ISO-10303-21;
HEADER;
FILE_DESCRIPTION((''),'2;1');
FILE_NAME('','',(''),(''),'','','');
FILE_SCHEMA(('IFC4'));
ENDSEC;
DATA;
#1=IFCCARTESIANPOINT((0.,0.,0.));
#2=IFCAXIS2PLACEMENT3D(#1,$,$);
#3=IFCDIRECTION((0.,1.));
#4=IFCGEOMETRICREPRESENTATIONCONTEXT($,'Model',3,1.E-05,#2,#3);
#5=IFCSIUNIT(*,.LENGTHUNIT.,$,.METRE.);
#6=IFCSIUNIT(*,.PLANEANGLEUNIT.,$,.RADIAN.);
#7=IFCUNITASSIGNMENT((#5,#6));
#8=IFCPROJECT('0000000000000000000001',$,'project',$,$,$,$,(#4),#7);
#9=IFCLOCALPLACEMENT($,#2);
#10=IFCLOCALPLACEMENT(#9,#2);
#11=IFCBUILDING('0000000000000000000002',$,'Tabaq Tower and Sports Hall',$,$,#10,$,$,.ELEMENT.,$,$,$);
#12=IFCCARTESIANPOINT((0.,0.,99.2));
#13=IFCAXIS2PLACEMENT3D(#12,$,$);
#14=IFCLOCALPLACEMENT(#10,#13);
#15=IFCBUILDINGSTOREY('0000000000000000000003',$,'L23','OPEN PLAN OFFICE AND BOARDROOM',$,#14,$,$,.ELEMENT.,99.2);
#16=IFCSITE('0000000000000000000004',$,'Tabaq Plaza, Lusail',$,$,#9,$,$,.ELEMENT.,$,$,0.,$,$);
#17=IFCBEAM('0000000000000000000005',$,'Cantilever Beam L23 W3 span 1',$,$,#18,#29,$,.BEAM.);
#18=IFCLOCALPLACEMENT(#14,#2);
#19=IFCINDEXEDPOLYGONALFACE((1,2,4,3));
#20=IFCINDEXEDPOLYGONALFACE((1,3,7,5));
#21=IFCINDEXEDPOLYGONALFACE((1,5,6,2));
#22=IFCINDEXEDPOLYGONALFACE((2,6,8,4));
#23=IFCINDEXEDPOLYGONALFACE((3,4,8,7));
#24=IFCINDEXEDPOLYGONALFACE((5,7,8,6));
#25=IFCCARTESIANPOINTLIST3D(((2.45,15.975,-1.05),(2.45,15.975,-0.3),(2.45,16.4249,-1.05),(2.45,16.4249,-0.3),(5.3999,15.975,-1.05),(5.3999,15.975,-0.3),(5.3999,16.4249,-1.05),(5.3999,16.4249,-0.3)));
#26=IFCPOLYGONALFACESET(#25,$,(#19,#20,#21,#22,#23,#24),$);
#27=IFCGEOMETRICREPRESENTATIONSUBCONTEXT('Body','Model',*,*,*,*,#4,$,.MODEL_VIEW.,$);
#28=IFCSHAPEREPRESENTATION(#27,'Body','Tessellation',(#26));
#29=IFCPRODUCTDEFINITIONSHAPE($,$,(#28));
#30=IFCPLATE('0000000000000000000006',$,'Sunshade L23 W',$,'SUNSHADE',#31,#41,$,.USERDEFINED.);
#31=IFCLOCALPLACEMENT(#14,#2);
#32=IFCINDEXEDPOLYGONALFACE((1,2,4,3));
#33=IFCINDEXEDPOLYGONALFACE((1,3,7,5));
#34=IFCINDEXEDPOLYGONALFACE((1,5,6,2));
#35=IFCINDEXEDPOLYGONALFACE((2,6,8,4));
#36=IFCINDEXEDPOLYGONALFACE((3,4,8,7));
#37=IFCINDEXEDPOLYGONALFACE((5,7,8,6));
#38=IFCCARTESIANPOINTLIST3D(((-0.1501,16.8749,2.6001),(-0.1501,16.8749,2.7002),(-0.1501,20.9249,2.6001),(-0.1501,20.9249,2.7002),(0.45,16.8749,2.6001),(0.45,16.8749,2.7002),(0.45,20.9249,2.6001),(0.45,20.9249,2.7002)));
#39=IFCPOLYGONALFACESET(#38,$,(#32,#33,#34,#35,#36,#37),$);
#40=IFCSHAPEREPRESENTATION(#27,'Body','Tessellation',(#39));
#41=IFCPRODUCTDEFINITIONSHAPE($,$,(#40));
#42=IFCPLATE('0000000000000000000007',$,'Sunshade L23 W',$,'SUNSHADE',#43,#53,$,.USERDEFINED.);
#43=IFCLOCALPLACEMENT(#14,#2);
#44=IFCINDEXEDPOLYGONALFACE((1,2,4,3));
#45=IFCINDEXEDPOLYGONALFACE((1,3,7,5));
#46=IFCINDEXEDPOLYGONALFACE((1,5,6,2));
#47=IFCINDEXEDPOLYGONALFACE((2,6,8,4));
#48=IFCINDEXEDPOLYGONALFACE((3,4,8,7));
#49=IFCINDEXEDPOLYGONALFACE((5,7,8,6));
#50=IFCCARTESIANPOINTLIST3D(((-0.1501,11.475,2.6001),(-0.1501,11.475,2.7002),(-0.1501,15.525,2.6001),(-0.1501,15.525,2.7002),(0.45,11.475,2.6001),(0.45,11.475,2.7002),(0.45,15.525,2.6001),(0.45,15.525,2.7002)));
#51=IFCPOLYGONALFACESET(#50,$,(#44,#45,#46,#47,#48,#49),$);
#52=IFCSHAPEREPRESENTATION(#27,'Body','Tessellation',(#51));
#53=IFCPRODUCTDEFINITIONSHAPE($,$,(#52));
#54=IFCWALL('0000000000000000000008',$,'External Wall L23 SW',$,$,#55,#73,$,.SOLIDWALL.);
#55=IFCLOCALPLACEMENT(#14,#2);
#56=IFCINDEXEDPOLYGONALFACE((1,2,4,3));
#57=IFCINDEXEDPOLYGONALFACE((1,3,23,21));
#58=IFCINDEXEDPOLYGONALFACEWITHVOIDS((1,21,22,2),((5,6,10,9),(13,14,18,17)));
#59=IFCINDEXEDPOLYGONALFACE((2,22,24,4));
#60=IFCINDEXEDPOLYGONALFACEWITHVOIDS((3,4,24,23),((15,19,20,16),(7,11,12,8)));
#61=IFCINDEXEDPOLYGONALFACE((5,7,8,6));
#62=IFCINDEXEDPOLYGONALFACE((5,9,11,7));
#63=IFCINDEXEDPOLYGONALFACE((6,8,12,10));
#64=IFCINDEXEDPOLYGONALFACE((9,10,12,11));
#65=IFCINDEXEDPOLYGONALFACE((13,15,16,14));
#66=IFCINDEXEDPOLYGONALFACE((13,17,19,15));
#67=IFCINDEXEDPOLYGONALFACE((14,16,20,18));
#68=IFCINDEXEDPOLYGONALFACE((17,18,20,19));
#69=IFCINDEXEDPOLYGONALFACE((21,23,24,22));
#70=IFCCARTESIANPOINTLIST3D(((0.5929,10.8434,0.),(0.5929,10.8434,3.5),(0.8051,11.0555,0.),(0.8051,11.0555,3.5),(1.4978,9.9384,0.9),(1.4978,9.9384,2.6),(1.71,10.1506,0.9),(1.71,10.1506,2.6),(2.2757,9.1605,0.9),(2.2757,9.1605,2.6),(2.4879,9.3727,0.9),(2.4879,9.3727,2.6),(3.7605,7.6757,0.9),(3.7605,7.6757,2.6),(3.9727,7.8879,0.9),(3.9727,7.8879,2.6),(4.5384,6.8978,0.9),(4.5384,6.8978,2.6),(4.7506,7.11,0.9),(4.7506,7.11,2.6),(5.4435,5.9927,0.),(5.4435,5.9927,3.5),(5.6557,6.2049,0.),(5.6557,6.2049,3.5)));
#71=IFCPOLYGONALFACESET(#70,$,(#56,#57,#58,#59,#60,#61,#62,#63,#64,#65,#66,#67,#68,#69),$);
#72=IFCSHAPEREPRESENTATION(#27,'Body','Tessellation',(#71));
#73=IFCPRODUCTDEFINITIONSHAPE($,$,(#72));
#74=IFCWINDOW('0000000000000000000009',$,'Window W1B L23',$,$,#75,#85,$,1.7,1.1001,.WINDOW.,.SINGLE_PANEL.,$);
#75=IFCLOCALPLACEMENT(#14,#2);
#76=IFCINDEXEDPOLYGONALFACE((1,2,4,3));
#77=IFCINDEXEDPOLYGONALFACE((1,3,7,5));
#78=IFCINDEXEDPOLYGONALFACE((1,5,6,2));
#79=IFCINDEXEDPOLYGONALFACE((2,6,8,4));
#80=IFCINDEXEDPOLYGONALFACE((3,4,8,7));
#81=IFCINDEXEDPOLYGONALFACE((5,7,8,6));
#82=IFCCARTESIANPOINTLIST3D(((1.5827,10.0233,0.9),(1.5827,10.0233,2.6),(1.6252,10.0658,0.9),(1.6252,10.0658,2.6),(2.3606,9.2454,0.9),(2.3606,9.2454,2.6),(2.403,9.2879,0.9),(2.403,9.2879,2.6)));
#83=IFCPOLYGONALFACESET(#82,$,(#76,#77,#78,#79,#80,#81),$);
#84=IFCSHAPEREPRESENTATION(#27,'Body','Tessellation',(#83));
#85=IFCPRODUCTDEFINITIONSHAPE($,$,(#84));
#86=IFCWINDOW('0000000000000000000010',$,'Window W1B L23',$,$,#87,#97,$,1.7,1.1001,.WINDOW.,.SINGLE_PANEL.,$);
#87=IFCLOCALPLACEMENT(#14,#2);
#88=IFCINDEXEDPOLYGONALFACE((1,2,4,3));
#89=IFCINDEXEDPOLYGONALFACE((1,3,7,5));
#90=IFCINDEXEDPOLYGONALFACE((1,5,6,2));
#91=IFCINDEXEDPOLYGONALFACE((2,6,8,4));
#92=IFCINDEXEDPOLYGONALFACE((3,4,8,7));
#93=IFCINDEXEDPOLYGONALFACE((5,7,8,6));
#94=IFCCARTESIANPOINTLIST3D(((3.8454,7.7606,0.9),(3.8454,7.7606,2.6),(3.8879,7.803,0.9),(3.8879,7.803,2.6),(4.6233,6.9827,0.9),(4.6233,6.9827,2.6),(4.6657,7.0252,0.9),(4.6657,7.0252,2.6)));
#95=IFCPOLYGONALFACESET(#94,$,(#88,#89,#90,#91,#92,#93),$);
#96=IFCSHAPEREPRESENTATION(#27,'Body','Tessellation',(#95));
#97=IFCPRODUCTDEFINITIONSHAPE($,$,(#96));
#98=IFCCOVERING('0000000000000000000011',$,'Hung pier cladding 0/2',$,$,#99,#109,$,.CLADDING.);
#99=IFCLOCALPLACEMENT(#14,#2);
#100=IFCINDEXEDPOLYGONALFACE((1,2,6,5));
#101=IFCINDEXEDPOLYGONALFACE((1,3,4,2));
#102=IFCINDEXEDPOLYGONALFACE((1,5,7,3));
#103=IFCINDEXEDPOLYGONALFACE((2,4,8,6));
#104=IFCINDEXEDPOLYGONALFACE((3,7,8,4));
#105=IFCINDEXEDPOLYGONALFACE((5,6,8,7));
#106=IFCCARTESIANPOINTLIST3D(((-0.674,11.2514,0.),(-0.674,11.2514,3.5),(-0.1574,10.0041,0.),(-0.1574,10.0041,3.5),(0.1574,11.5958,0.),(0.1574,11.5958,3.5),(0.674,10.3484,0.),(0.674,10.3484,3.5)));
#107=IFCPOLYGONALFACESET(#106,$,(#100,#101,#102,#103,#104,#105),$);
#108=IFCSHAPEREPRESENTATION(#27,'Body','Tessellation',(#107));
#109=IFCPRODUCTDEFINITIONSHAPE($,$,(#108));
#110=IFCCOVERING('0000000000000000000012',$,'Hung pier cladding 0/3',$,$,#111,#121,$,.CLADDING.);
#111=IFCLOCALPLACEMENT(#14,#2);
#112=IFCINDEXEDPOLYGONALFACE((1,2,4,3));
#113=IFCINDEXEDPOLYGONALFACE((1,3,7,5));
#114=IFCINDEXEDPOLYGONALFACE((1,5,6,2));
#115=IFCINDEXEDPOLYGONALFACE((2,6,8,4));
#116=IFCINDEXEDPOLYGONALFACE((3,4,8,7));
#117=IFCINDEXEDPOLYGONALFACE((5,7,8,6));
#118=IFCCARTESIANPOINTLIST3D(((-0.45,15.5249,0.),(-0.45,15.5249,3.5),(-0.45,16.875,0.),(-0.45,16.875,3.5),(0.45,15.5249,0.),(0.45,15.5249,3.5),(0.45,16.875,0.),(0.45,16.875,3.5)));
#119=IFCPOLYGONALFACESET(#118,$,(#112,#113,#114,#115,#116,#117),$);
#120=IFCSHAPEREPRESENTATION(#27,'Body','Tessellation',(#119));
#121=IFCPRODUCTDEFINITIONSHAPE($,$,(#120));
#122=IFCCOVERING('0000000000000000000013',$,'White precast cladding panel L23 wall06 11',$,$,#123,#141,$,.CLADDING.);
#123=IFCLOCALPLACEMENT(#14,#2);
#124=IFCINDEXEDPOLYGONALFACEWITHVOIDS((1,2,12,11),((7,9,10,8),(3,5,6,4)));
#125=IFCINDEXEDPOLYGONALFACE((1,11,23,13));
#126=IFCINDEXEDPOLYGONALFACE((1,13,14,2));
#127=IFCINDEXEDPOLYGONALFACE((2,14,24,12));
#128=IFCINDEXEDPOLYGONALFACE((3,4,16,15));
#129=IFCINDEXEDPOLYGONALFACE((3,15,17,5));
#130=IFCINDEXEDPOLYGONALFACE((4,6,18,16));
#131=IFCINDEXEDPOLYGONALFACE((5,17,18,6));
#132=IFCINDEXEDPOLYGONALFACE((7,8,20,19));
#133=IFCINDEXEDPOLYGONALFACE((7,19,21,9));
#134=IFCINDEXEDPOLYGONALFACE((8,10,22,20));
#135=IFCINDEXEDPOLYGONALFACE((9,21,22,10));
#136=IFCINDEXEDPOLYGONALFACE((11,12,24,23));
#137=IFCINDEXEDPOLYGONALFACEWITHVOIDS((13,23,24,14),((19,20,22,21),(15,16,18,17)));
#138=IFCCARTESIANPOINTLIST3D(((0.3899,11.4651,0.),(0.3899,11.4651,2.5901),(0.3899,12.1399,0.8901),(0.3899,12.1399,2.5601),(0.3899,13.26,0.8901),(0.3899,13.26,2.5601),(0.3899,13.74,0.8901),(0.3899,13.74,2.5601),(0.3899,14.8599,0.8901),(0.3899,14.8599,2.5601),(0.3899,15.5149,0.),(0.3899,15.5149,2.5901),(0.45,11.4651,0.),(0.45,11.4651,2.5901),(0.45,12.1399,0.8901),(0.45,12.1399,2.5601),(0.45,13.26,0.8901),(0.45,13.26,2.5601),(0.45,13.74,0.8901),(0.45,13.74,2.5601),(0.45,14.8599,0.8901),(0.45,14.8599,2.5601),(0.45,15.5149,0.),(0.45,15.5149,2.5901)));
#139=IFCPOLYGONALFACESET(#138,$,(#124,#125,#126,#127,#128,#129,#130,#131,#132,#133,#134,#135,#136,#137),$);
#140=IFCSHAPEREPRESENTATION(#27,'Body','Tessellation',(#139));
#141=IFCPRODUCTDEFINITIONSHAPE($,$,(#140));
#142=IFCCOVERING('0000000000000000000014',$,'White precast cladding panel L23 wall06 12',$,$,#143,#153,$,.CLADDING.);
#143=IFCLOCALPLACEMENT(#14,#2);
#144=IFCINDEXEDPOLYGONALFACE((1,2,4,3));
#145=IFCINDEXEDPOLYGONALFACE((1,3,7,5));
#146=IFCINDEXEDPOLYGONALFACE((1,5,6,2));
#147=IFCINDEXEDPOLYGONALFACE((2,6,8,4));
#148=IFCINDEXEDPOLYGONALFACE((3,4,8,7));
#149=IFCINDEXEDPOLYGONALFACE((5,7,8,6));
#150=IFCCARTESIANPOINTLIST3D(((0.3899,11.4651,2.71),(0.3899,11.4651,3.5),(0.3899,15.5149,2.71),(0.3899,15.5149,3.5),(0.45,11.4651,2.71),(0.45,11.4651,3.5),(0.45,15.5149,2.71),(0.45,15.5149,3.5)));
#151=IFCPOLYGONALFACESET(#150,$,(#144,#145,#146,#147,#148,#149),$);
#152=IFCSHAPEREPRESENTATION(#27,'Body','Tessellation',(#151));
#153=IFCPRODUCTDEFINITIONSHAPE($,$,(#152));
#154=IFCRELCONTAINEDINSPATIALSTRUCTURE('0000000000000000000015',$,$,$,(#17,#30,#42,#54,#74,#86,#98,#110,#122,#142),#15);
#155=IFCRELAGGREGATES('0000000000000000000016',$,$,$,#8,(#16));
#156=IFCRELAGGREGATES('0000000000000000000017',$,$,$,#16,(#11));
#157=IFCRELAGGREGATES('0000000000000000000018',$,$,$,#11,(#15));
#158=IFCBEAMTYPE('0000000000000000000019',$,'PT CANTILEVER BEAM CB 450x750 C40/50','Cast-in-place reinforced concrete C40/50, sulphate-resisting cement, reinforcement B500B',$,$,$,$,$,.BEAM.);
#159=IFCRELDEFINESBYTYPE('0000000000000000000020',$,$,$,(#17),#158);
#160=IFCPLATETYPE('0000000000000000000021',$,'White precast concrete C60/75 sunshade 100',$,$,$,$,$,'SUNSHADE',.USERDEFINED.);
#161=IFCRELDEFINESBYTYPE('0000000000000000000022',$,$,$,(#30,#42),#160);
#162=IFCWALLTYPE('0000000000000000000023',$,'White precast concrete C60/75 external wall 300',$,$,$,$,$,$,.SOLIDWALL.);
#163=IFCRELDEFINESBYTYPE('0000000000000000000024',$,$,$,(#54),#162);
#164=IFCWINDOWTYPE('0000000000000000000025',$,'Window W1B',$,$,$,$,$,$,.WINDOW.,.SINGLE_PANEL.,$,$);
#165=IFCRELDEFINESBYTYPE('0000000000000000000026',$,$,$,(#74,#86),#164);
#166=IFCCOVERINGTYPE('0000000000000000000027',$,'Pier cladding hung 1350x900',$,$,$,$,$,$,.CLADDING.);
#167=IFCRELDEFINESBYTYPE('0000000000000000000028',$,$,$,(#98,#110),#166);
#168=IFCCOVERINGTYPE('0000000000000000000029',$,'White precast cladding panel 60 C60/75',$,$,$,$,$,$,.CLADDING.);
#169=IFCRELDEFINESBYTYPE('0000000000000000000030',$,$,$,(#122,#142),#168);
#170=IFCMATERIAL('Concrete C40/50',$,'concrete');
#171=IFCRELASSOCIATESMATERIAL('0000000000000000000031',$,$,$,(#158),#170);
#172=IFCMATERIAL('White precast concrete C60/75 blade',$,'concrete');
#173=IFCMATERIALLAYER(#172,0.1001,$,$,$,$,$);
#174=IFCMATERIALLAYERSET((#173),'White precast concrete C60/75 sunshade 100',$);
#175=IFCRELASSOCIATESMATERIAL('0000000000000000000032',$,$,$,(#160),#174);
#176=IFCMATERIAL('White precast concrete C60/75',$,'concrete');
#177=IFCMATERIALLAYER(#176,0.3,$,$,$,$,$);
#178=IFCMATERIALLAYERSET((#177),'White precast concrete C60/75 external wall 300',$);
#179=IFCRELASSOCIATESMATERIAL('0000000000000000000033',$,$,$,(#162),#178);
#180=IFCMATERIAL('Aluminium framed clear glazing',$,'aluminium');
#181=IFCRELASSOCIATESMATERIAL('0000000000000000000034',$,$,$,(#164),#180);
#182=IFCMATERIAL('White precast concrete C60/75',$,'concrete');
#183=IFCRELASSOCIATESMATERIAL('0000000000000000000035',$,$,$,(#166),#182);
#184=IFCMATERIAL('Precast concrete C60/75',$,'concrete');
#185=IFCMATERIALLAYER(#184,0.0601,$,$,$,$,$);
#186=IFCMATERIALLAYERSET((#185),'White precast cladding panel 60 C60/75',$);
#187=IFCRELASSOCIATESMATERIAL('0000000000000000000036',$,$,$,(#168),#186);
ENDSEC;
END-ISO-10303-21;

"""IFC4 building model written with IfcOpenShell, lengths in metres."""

from ifc_helpers import new_model, si_unit, direction, frame, frame_2d, origin, origin_2d, place, context, subcontext, project, spatial, polyline, rectangle, outline, extrude, material, layer, layer_set, material_profile, profile_set, type_object, element, fill, save


model = new_model("IFC4")

# Units and contexts
model_context = context("Model", 3, precision=1e-05, world=origin(), true_north=direction((0.0, 1.0)))
body_context = subcontext(model_context, "Body", "Model", "MODEL_VIEW")
ifc_project = project(units=[si_unit("LENGTHUNIT", "METRE"), si_unit("PLANEANGLEUNIT", "RADIAN")], contexts=[model_context])

# Site, building, storey
site_placement = place(None, origin())
site = spatial("IfcSite", under=ifc_project, at=site_placement, Name="Tabaq Plaza, Lusail", CompositionType="ELEMENT", RefElevation=0.0)
building_placement = place(site_placement, origin())
building = spatial("IfcBuilding", under=site, at=building_placement, Name="Tabaq Tower and Sports Hall", CompositionType="ELEMENT")
storey_placement = place(building_placement, frame((0.0, 0.0, 99.2)))
storey = spatial("IfcBuildingStorey", under=building, at=storey_placement, Name="L23", Description="OPEN PLAN OFFICE AND BOARDROOM", CompositionType="ELEMENT", Elevation=99.2)

# Beam
ifc_material_1 = material(Name="Concrete C40/50", Category="concrete")
ifc_material_profile = material_profile(ifc_material_1, rectangle(XDim=0.45, YDim=0.75, at=origin_2d()), Name="CB 450x750")
ifc_profile_set = profile_set([ifc_material_profile], Name="Concrete C40/50")
beam_type = type_object("IfcBeamType", Name="PT CANTILEVER BEAM CB 450x750 C40/50", Description="Cast-in-place reinforced concrete C40/50, sulphate-resisting cement, reinforcement B500B", PredefinedType="BEAM", material=ifc_profile_set)
beam_placement = place(storey_placement, frame((2.45, 16.2, -0.675), z_axis=(1.0, 0.0, 0.0), x_axis=(0.0, 1.0, 0.0)))
element("IfcBeam", 1, at=beam_placement, inside=storey, type_object=beam_type, Name="Cantilever Beam L23 W3 span 1", PredefinedType="BEAM", context=body_context, shape_type="SweptSolid", body=[
    extrude(rectangle(XDim=0.45, YDim=0.75, at=origin_2d()), origin(), (0.0, 0.0, 1.0), 2.95),
])

# Plates
ifc_material_2 = material(Name="White precast concrete C60/75 blade", Category="concrete")
ifc_layer_1 = layer(ifc_material_2, 0.1001)
ifc_layer_set_1 = layer_set([ifc_layer_1], Name="White precast concrete C60/75 sunshade 100")
plate_type = type_object("IfcPlateType", Name="White precast concrete C60/75 sunshade 100", ElementType="SUNSHADE", PredefinedType="USERDEFINED", material=ifc_layer_set_1)
for number, where, z_axis, x_axis, name in (
    (2, (0.1499, 18.8999, 2.6001), (0.0, 0.0, 1.0), (0.0, -1.0, 0.0), "Sunshade L23 W"),
    (3, (0.1499, 13.5, 2.6001), (0.0, 0.0, 1.0), (0.0, -1.0, 0.0), "Sunshade L23 W"),
):
    element("IfcPlate", number, at=place(storey_placement, frame(where, z_axis=z_axis, x_axis=x_axis)), inside=storey, type_object=plate_type, Name=name, ObjectType="SUNSHADE", PredefinedType="USERDEFINED", context=body_context, shape_type="SweptSolid", body=[
        extrude(rectangle(XDim=4.05, YDim=0.6001, at=origin_2d()), origin(), (0.0, 0.0, 1.0), 0.1001),
    ])

# Wall, openings, windows
ifc_material_3 = material(Name="White precast concrete C60/75", Category="concrete")
ifc_layer_2 = layer(ifc_material_3, 0.3)
ifc_layer_set_2 = layer_set([ifc_layer_2], Name="White precast concrete C60/75 external wall 300")
wall_type_1 = type_object("IfcWallType", Name="White precast concrete C60/75 external wall 300", PredefinedType="SOLIDWALL", material=ifc_layer_set_2)
wall_1_placement = place(storey_placement, frame((0.699, 10.9495, 0.0), z_axis=(0.0, 0.0, 1.0), x_axis=(0.707107, -0.707107, 0.0)))
wall_1 = element("IfcWall", 4, at=wall_1_placement, inside=storey, type_object=wall_type_1, Name="External Wall L23 SW", PredefinedType="SOLIDWALL", context=body_context, shape_type="SweptSolid", body=[
    extrude(rectangle(XDim=6.8599, YDim=0.3, at=frame_2d((3.4299, 0.0))), origin(), (0.0, 0.0, 1.0), 3.5),
])
opening_1_placement = place(wall_1_placement, frame((1.2798, 0.0, 0.8999)))
opening_1 = element("IfcOpeningElement", 5, at=opening_1_placement, cuts=wall_1, PredefinedType="OPENING", context=body_context, shape_type="SweptSolid", body=[
    extrude(rectangle(XDim=1.1001, YDim=1.7, at=frame_2d((0.55, 0.8501))), frame((0.0, 0.1602, 0.0), z_axis=(0.0, -1.0, 0.0), x_axis=(1.0, 0.0, 0.0)), (0.0, 0.0, 1.0), 0.3201),
])
opening_2_placement = place(wall_1_placement, frame((4.4797, 0.0, 0.8999)))
opening_2 = element("IfcOpeningElement", 6, at=opening_2_placement, cuts=wall_1, PredefinedType="OPENING", context=body_context, shape_type="SweptSolid", body=[
    extrude(rectangle(XDim=1.1001, YDim=1.7, at=frame_2d((0.55, 0.8501))), frame((0.0, 0.1602, 0.0), z_axis=(0.0, -1.0, 0.0), x_axis=(1.0, 0.0, 0.0)), (0.0, 0.0, 1.0), 0.3201),
])
ifc_material_4 = material(Name="Aluminium framed clear glazing", Category="aluminium")
window_type = type_object("IfcWindowType", Name="Window W1B", PartitioningType="SINGLE_PANEL", PredefinedType="WINDOW", material=ifc_material_4)
window_1_placement = place(opening_1_placement, origin())
window_1 = element("IfcWindow", 7, at=window_1_placement, inside=storey, type_object=window_type, Name="Window W1B L23", OverallHeight=1.7, OverallWidth=1.1001, PartitioningType="SINGLE_PANEL", PredefinedType="WINDOW", context=body_context, shape_type="SweptSolid", body=[
    extrude(rectangle(XDim=1.1001, YDim=1.7, at=frame_2d((0.55, 0.8501))), frame((0.0, 0.03, 0.0), z_axis=(0.0, -1.0, 0.0), x_axis=(1.0, 0.0, 0.0)), (0.0, 0.0, 1.0), 0.0601),
])
fill(opening_1, window_1)
window_2_placement = place(opening_2_placement, origin())
window_2 = element("IfcWindow", 8, at=window_2_placement, inside=storey, type_object=window_type, Name="Window W1B L23", OverallHeight=1.7, OverallWidth=1.1001, PartitioningType="SINGLE_PANEL", PredefinedType="WINDOW", context=body_context, shape_type="SweptSolid", body=[
    extrude(rectangle(XDim=1.1001, YDim=1.7, at=frame_2d((0.55, 0.8501))), frame((0.0, 0.03, 0.0), z_axis=(0.0, -1.0, 0.0), x_axis=(1.0, 0.0, 0.0)), (0.0, 0.0, 1.0), 0.0601),
])
fill(opening_2, window_2)

# Coverings
ifc_material_5 = material(Name="White precast concrete C60/75", Category="concrete")
covering_type_1 = type_object("IfcCoveringType", Name="Pier cladding hung 1350x900", PredefinedType="CLADDING", material=ifc_material_5)
for number, where, z_axis, x_axis, name in (
    (9, (-0.2583, 11.4236, 0.0), (0.0, 0.0, 1.0), (0.38265, -0.923893, 0.0), "Hung pier cladding 0/2"),
    (10, (0.0, 16.875, 0.0), (0.0, 0.0, 1.0), (0.0, -1.0, 0.0), "Hung pier cladding 0/3"),
):
    element("IfcCovering", number, at=place(storey_placement, frame(where, z_axis=z_axis, x_axis=x_axis)), inside=storey, type_object=covering_type_1, Name=name, PredefinedType="CLADDING", context=body_context, shape_type="SweptSolid", body=[
        extrude(rectangle(XDim=1.3501, YDim=0.8999, at=frame_2d((0.675, 0.0))), origin(), (0.0, 0.0, 1.0), 3.5),
    ])
ifc_material_6 = material(Name="Precast concrete C60/75", Category="concrete")
ifc_layer_3 = layer(ifc_material_6, 0.0601)
ifc_layer_set_3 = layer_set([ifc_layer_3], Name="White precast cladding panel 60 C60/75")
covering_type_2 = type_object("IfcCoveringType", Name="White precast cladding panel 60 C60/75", PredefinedType="CLADDING", material=ifc_layer_set_3)
covering_1_placement = place(storey_placement, frame((0.4199, 15.5149, 0.0), z_axis=(0.0, 0.0, 1.0), x_axis=(0.0, -1.0, 0.0)))
element("IfcCovering", 11, at=covering_1_placement, inside=storey, type_object=covering_type_2, Name="White precast cladding panel L23 wall06 11", PredefinedType="CLADDING", context=body_context, shape_type="SweptSolid", body=[
    extrude(outline(polyline([(0.0, 0.0), (4.0498, 0.0), (4.0498, 2.5901), (0.0, 2.5901), (0.0, 0.0)]), holes=[polyline([(0.655, 0.8901), (0.655, 2.5601), (1.7749, 2.5601), (1.7749, 0.8901), (0.655, 0.8901)]), polyline([(2.2549, 0.8901), (2.2549, 2.5601), (3.375, 2.5601), (3.375, 0.8901), (2.2549, 0.8901)])]), frame((0.0, 0.03, 0.0), z_axis=(0.0, -1.0, 0.0), x_axis=(1.0, 0.0, 0.0)), (0.0, 0.0, 1.0), 0.0601),
])
covering_2_placement = place(storey_placement, frame((0.4199, 15.5149, 2.71), z_axis=(0.0, 0.0, 1.0), x_axis=(0.0, -1.0, 0.0)))
element("IfcCovering", 12, at=covering_2_placement, inside=storey, type_object=covering_type_2, Name="White precast cladding panel L23 wall06 12", PredefinedType="CLADDING", context=body_context, shape_type="SweptSolid", body=[
    extrude(rectangle(XDim=4.0498, YDim=0.0601, at=frame_2d((2.0249, 0.0))), origin(), (0.0, 0.0, 1.0), 0.79),
])

save(model, "model.ifc")
